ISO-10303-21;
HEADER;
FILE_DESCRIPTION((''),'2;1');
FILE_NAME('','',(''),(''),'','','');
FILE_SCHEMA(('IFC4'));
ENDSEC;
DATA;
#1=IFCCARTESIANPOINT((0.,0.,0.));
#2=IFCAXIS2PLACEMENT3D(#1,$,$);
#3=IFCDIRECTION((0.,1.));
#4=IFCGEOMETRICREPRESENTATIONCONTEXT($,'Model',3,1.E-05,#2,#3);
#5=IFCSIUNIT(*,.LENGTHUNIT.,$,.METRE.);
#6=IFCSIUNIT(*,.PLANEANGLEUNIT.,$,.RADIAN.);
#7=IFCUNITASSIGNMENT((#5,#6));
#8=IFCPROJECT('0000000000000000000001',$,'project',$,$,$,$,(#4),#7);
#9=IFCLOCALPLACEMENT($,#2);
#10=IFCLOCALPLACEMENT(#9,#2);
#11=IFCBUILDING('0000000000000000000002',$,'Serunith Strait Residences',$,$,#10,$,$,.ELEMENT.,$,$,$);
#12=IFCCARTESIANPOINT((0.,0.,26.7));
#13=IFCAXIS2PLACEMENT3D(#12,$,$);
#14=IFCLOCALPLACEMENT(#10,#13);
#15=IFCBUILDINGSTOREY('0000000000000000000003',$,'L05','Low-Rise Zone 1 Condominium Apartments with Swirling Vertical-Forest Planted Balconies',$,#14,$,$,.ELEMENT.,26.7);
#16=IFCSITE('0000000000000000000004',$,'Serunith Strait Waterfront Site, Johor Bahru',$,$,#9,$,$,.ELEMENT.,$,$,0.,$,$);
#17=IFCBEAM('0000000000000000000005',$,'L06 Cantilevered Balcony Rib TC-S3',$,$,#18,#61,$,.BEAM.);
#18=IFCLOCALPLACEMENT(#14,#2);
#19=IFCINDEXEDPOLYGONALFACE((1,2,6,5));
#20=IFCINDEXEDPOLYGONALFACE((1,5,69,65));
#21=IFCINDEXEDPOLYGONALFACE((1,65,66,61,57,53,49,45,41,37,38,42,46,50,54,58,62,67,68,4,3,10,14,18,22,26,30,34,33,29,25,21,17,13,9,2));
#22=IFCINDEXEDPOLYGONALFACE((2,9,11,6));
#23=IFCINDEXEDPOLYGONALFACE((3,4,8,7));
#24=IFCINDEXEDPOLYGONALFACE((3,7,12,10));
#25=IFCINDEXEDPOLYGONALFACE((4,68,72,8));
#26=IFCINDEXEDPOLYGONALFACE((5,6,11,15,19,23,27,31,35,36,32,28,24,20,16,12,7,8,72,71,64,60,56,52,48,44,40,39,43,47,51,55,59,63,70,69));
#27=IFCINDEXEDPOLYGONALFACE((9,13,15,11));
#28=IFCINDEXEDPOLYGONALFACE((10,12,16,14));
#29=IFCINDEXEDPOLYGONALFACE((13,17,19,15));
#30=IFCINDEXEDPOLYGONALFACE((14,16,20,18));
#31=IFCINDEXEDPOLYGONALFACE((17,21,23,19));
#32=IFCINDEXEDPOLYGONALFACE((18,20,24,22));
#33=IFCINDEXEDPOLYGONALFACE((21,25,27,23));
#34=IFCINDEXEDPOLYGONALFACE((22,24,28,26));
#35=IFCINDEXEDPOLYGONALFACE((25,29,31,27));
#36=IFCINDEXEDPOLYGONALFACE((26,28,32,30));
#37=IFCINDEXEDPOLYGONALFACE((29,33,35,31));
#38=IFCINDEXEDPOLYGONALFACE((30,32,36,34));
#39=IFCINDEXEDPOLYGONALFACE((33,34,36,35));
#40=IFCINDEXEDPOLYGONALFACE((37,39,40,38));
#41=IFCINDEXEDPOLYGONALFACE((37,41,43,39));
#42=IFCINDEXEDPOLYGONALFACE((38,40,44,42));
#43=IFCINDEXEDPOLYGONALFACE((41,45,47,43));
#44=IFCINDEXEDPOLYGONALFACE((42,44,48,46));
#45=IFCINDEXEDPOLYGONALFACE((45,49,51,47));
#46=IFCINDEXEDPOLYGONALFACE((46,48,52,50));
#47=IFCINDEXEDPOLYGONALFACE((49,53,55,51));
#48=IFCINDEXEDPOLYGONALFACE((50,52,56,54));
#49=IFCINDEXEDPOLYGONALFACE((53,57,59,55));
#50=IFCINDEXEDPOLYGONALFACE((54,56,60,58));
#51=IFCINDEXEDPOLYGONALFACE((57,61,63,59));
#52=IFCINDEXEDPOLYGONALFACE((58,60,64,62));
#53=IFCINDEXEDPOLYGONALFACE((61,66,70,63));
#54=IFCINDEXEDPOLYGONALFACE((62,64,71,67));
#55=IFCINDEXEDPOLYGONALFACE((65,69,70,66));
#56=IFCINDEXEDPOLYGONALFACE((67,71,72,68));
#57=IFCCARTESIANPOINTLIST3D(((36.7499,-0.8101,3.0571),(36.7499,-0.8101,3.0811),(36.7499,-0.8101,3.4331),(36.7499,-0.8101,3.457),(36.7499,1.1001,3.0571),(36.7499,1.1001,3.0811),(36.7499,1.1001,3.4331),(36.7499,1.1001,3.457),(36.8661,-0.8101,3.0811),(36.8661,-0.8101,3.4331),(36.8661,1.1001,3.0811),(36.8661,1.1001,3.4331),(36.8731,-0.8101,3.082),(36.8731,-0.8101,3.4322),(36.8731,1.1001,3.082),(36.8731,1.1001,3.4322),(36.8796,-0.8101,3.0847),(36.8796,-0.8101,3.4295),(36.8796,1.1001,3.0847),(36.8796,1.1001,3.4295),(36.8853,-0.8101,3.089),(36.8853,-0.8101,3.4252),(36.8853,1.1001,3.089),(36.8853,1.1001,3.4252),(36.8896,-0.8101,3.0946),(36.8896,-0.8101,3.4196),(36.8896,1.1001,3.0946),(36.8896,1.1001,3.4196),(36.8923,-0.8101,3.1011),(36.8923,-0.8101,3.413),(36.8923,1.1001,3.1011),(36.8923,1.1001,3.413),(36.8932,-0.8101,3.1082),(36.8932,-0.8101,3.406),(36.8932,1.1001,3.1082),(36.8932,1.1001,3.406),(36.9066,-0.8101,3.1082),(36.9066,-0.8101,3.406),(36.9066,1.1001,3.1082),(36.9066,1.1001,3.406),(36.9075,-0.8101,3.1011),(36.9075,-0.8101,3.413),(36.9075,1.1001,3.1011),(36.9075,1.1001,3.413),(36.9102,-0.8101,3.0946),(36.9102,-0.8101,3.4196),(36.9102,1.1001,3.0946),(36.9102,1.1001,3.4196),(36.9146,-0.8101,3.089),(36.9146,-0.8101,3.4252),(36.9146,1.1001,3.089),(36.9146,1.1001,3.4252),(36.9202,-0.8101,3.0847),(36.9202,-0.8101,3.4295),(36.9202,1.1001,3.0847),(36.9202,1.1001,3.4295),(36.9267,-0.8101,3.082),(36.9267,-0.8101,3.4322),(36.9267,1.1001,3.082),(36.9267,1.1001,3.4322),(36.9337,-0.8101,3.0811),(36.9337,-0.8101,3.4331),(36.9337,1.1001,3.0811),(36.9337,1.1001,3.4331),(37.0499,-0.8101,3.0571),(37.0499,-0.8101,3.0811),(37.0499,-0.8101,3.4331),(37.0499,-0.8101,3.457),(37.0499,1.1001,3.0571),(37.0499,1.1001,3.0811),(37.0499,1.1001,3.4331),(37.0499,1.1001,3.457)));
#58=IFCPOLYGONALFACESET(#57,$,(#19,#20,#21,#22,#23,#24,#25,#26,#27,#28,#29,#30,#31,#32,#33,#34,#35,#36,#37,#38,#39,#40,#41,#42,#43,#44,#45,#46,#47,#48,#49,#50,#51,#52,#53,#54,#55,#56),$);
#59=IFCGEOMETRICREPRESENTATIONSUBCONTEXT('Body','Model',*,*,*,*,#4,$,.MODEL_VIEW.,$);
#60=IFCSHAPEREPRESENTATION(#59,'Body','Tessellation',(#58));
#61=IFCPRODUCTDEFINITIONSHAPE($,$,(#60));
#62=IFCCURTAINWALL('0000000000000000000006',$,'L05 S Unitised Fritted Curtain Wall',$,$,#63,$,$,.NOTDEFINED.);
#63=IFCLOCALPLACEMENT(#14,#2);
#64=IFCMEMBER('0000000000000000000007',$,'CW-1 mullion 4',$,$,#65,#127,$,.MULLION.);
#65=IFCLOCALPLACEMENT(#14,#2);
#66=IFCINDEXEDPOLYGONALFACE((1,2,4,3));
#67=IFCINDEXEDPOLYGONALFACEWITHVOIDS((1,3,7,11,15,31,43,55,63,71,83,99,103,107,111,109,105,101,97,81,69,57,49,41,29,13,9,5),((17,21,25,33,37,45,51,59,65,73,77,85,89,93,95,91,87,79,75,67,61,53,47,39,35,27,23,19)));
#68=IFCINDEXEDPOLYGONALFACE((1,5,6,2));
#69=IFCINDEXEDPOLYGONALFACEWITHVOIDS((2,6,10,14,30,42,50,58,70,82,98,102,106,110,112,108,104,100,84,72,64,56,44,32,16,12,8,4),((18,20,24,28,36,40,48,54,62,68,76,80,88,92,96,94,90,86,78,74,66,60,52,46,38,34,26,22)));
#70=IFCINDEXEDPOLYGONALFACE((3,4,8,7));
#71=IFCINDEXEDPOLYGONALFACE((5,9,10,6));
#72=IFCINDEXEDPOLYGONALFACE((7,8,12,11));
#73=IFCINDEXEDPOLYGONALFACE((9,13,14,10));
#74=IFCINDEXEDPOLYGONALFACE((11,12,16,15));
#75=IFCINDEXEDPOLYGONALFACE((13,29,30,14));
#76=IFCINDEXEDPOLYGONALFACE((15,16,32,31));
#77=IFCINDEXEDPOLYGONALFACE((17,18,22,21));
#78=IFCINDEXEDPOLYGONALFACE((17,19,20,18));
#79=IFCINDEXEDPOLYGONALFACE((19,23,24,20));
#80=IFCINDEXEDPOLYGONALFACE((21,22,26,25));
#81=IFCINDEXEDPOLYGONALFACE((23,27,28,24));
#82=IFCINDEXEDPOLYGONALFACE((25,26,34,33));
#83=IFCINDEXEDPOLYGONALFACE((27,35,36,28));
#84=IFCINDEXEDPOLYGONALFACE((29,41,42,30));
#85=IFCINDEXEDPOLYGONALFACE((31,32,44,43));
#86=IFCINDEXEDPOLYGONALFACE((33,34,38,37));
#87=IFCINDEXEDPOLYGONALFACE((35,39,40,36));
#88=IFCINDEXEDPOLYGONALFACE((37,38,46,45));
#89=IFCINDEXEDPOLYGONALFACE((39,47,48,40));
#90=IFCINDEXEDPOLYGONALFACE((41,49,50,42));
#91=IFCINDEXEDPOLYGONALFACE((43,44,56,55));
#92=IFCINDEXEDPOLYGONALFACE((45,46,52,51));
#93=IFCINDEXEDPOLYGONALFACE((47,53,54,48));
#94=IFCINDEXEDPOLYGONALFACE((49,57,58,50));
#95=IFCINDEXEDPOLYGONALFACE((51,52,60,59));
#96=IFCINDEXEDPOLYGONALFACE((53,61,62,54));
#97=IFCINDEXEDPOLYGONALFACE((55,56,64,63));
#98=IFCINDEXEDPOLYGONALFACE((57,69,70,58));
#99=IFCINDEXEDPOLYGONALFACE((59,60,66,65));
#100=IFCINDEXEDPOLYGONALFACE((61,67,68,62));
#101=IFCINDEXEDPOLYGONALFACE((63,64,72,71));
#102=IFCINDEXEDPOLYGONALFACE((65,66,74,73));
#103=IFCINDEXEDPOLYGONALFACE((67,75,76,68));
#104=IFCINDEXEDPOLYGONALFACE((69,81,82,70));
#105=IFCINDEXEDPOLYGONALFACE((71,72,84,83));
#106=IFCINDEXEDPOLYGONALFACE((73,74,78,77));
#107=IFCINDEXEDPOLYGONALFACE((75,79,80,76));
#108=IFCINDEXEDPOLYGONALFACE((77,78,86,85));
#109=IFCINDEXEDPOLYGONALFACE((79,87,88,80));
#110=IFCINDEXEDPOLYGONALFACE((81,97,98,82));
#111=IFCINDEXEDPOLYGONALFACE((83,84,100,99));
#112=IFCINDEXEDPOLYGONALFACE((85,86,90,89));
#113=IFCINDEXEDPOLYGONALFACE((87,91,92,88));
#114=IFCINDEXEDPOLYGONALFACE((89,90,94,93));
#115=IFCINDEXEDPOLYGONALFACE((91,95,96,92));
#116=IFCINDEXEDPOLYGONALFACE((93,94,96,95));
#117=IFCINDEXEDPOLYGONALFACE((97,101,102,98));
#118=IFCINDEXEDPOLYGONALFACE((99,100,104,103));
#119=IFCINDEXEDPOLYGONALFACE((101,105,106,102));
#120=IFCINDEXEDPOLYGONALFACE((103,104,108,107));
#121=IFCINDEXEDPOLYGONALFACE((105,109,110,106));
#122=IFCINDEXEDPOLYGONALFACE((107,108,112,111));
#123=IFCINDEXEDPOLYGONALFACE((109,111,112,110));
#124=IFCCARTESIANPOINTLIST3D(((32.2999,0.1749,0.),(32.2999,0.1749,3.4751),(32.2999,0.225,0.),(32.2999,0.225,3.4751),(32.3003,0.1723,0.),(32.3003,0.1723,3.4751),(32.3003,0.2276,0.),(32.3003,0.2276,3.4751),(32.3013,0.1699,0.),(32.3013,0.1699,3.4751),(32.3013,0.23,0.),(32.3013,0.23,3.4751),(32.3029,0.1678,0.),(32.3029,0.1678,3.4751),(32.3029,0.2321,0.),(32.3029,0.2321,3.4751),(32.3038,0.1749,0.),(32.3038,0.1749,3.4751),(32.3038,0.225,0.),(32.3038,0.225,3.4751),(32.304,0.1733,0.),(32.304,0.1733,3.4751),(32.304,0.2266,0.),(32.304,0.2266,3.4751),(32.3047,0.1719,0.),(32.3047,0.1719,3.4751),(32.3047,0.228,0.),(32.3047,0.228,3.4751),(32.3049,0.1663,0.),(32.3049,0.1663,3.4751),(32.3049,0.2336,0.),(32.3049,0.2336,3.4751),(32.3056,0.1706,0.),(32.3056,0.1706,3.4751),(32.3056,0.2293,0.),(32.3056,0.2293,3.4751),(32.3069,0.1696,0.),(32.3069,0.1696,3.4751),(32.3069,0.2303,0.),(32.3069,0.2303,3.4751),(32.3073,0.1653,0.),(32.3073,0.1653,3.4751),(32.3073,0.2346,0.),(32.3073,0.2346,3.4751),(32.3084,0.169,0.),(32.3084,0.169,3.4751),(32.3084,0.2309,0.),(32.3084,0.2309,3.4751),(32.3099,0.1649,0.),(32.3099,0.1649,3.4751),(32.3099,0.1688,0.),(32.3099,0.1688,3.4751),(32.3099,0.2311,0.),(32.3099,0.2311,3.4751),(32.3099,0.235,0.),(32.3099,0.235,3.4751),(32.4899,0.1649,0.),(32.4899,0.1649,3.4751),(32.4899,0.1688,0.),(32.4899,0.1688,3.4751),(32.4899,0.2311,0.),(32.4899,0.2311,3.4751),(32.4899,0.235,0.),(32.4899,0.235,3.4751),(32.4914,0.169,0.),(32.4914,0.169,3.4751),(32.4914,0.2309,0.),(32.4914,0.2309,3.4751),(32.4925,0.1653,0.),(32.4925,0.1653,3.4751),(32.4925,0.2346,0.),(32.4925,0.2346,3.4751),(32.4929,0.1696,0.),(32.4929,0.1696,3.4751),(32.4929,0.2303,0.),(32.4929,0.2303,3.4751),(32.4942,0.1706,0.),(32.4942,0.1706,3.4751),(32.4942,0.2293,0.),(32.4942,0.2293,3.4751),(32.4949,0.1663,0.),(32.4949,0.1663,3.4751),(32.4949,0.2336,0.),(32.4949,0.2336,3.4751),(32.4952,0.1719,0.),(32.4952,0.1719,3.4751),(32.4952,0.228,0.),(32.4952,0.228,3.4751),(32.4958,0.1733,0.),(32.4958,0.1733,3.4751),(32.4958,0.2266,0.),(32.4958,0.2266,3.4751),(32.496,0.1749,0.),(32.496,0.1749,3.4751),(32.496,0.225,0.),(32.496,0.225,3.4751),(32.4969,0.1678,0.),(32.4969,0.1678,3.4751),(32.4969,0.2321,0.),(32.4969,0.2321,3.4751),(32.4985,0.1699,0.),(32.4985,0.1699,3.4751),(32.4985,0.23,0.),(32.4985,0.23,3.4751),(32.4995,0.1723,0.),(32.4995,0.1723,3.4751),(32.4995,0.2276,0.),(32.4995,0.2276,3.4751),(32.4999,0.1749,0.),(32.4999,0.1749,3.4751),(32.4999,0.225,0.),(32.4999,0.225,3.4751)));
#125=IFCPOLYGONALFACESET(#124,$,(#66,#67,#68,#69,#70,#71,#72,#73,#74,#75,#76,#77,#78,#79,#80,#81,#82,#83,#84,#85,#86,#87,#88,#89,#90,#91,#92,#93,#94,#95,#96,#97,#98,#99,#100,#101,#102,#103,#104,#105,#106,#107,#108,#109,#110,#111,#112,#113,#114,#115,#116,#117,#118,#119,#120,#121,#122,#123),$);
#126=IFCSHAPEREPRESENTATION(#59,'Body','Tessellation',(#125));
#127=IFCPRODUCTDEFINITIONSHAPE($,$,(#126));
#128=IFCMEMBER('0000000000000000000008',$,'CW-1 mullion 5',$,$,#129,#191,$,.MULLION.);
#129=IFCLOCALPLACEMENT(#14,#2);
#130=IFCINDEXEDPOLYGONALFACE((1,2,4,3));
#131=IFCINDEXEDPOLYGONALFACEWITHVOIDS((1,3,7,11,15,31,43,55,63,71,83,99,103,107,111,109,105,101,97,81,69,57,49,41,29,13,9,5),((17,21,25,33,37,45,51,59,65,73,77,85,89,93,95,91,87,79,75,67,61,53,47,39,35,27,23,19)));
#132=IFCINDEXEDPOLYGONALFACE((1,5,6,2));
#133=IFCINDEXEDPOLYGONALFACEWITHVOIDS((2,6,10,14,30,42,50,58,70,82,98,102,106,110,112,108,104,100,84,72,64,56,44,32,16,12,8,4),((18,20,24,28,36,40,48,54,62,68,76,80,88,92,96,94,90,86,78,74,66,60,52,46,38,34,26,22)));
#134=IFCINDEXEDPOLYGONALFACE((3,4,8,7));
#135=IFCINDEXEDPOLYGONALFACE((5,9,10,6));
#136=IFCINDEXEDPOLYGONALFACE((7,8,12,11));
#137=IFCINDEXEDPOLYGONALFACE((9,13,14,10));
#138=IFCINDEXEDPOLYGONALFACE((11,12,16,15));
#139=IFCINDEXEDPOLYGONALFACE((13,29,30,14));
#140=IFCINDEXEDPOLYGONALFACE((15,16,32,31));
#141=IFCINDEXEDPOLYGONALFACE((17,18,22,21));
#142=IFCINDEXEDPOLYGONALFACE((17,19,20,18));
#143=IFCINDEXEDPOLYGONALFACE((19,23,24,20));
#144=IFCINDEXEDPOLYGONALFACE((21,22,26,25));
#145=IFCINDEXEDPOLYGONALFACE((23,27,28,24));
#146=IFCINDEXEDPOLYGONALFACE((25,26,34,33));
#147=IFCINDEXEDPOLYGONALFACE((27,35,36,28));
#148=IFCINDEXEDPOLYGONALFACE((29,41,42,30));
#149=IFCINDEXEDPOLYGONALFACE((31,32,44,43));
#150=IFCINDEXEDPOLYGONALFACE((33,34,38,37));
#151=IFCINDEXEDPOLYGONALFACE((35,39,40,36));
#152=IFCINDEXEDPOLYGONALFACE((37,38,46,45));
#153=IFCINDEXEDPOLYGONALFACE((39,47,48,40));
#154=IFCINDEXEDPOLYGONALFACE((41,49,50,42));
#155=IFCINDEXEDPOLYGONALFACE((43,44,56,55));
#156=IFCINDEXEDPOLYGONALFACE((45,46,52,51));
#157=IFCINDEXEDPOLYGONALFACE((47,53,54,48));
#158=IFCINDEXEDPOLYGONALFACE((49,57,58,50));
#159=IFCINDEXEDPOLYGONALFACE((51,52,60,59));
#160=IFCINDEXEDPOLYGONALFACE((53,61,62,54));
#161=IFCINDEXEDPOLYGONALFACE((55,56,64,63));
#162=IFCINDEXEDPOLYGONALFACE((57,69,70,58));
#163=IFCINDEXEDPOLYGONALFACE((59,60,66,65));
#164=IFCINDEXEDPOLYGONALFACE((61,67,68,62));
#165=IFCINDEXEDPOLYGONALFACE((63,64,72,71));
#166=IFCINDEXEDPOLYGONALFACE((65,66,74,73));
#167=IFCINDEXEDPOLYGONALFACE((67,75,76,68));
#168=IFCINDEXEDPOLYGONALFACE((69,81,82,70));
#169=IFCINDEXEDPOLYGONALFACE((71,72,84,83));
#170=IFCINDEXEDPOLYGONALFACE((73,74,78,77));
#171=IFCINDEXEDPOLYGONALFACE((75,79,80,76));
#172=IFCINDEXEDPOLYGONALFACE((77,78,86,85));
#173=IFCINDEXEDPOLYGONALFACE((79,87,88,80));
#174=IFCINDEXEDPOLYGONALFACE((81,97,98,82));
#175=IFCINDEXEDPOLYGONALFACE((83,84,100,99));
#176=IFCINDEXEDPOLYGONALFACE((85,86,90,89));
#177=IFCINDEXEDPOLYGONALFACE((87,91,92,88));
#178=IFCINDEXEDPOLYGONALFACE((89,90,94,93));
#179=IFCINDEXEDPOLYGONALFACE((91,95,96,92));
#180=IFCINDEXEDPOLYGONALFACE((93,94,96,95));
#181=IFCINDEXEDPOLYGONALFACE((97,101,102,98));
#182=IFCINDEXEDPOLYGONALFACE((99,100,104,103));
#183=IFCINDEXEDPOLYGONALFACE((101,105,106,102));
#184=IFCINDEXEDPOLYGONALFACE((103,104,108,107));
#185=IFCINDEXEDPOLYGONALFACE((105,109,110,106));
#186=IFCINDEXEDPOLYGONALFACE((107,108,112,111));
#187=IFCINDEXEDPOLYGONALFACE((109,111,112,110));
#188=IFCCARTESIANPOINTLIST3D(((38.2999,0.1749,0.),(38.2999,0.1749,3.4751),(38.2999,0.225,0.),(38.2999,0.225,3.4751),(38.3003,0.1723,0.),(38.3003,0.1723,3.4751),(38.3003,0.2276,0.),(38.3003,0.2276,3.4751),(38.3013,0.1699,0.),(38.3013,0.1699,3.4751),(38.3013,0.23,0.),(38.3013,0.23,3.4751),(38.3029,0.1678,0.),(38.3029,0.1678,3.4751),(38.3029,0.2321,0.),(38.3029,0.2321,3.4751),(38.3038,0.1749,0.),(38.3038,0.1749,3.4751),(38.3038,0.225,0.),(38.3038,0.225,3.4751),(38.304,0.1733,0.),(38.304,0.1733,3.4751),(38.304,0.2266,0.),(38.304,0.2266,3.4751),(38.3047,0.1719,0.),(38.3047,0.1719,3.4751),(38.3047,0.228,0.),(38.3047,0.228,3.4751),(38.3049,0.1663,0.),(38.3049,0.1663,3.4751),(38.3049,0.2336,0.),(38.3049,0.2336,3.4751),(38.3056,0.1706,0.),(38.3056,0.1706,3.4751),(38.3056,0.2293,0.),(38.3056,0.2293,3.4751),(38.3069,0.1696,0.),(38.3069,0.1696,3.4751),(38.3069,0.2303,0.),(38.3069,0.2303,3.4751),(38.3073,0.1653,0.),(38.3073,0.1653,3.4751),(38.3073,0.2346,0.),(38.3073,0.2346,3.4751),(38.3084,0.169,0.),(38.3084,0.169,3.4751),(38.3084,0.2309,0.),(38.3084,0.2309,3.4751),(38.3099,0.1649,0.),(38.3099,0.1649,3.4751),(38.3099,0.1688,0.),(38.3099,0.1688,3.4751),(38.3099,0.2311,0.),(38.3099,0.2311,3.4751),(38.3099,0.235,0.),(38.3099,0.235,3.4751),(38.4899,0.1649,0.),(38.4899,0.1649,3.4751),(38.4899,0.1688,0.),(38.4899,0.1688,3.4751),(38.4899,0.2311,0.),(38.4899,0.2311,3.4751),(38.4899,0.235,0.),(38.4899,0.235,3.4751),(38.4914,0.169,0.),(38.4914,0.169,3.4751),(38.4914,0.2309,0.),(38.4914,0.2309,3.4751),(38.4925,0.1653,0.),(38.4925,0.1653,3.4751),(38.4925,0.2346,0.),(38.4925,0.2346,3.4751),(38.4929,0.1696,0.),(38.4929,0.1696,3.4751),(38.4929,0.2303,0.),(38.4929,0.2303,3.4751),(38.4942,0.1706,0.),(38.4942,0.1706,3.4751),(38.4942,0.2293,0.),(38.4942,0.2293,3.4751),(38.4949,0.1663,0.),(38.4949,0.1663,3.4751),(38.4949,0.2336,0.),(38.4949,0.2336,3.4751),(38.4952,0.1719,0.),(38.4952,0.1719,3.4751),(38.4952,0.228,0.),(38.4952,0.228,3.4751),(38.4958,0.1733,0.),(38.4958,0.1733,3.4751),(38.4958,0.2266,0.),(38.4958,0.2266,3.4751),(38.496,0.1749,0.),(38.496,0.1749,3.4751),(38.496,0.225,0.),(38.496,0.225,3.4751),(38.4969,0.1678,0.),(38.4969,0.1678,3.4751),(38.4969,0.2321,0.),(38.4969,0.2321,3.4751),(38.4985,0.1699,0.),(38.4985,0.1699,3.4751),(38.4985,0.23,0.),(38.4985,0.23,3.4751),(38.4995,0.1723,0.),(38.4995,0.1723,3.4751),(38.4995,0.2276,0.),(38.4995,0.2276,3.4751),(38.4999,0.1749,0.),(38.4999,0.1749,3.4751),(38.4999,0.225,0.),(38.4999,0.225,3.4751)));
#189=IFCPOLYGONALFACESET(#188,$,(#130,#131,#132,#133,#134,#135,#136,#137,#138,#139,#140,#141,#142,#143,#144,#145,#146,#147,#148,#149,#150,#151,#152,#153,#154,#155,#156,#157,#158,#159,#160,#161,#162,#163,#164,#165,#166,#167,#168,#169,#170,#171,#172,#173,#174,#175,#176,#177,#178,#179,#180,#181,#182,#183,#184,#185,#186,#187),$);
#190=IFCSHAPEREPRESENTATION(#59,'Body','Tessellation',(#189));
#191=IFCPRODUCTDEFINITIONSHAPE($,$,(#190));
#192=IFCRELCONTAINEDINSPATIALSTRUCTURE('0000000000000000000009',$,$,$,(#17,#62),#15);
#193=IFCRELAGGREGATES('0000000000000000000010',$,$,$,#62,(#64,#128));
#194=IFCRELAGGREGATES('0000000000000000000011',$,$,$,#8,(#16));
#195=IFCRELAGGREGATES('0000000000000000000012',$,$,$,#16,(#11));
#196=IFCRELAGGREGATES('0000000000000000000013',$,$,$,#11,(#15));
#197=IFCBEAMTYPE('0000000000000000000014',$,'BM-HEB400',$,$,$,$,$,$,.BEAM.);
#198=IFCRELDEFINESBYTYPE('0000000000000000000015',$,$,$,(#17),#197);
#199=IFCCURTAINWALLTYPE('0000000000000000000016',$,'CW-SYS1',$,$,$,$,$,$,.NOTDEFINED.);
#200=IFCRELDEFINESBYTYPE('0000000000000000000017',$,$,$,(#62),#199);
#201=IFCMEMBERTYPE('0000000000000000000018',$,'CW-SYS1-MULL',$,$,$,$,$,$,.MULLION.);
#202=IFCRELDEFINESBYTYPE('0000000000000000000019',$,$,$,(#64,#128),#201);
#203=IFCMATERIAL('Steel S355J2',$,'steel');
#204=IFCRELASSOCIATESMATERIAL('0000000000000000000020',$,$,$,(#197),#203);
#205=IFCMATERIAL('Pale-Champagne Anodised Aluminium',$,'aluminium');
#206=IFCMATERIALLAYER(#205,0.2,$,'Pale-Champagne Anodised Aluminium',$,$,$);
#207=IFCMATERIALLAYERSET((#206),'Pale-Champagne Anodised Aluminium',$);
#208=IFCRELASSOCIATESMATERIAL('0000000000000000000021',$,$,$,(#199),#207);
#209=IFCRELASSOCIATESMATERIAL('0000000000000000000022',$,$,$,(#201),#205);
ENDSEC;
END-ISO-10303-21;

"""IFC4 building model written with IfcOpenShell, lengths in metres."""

from ifc_helpers import new_model, si_unit, direction, frame, origin, origin_2d, place, context, subcontext, project, spatial, hollow_rectangle, i_section, extrude, source, transform, mapped, material, layer, layer_set, material_profile, profile_set, type_object, element, aggregate, save


model = new_model("IFC4")

# Units and contexts
model_context = context("Model", 3, precision=1e-05, world=origin(), true_north=direction((0.0, 1.0)))
body_context = subcontext(model_context, "Body", "Model", "MODEL_VIEW")
ifc_project = project(units=[si_unit("LENGTHUNIT", "METRE"), si_unit("PLANEANGLEUNIT", "RADIAN")], contexts=[model_context])

# Site, building, storey
site_placement = place(None, origin())
site = spatial("IfcSite", under=ifc_project, at=site_placement, Name="Serunith Strait Waterfront Site, Johor Bahru", CompositionType="ELEMENT", RefElevation=0.0)
building_placement = place(site_placement, origin())
building = spatial("IfcBuilding", under=site, at=building_placement, Name="Serunith Strait Residences", CompositionType="ELEMENT")
storey_placement = place(building_placement, frame((0.0, 0.0, 26.7)))
storey = spatial("IfcBuildingStorey", under=building, at=storey_placement, Name="L05", Description="Low-Rise Zone 1 Condominium Apartments with Swirling Vertical-Forest Planted Balconies", CompositionType="ELEMENT", Elevation=26.7)

# Beam
ifc_material_1 = material(Name="Steel S355J2", Category="steel")
ifc_material_profile_1 = material_profile(ifc_material_1, i_section(OverallWidth=0.3, OverallDepth=0.3999, WebThickness=0.0134, FlangeThickness=0.0239, FilletRadius=0.0271, at=origin_2d()), Name="HEB 400")
ifc_profile_set_1 = profile_set([ifc_material_profile_1], Name="Steel S355J2")
beam_type_1 = type_object("IfcBeamType", Name="BM-HEB400", PredefinedType="BEAM", material=ifc_profile_set_1)
shared_shape_1 = source(origin(), body_context, "Body", "SweptSolid", [
    extrude(i_section(OverallWidth=0.3, OverallDepth=0.3999, WebThickness=0.0134, FlangeThickness=0.0239, FilletRadius=0.0271, at=origin_2d()), origin(), (0.0, 0.0, 1.0), 1.9102),
])
beam_1_placement = place(storey_placement, frame((36.8999, 1.1001, 3.2571), z_axis=(0.0, -1.0, 0.0), x_axis=(1.0, 0.0, 0.0)))
element("IfcBeam", 1, at=beam_1_placement, inside=storey, type_object=beam_type_1, Name="L06 Cantilevered Balcony Rib TC-S3", PredefinedType="BEAM", context=body_context, shape_type="MappedRepresentation", body=[
    mapped(shared_shape_1, transform((0.0, 0.0, 0.0), scale=1.0)),
])

# Curtain wall, members
ifc_material_2 = material(Name="Pale-Champagne Anodised Aluminium", Category="aluminium")
ifc_layer_1 = layer(ifc_material_2, 0.2, Name="Pale-Champagne Anodised Aluminium")
ifc_layer_set_1 = layer_set([ifc_layer_1], Name="Pale-Champagne Anodised Aluminium")
curtain_wall_type = type_object("IfcCurtainWallType", Name="CW-SYS1", PredefinedType="NOTDEFINED", material=ifc_layer_set_1)
curtain_wall_placement = place(storey_placement, origin())
curtain_wall = element("IfcCurtainWall", 2, at=curtain_wall_placement, inside=storey, type_object=curtain_wall_type, Name="L05 S Unitised Fritted Curtain Wall", PredefinedType="NOTDEFINED")
ifc_material_profile_2 = material_profile(ifc_material_2, hollow_rectangle(XDim=0.0701, YDim=0.2, WallThickness=0.0039, InnerFilletRadius=0.0061, OuterFilletRadius=0.01, at=origin_2d()), Name="ALU 200x70x4")
ifc_profile_set_2 = profile_set([ifc_material_profile_2], Name="Pale-Champagne Anodised Aluminium")
member_type_1 = type_object("IfcMemberType", Name="CW-SYS1-MULL", PredefinedType="MULLION", material=ifc_profile_set_2)
shared_shape_2 = source(origin(), body_context, "Body", "SweptSolid", [
    extrude(hollow_rectangle(XDim=0.0701, YDim=0.2, WallThickness=0.0039, InnerFilletRadius=0.0061, OuterFilletRadius=0.01, at=origin_2d()), origin(), (0.0, 0.0, 1.0), 3.4751),
])
member_1_placement = place(storey_placement, frame((32.3999, 0.2, 0.0), z_axis=(0.0, 0.0, 1.0), x_axis=(0.0, 1.0, 0.0)))
member_1 = element("IfcMember", 3, at=member_1_placement, type_object=member_type_1, Name="CW-1 mullion 4", PredefinedType="MULLION", context=body_context, shape_type="MappedRepresentation", body=[
    mapped(shared_shape_2, transform((0.0, 0.0, 0.0), scale=1.0)),
])
member_2_placement = place(storey_placement, frame((38.3999, 0.2, 0.0), z_axis=(0.0, 0.0, 1.0), x_axis=(0.0, 1.0, 0.0)))
member_2 = element("IfcMember", 4, at=member_2_placement, type_object=member_type_1, Name="CW-1 mullion 5", PredefinedType="MULLION", context=body_context, shape_type="MappedRepresentation", body=[
    mapped(shared_shape_2, transform((0.0, 0.0, 0.0), scale=1.0)),
])
aggregate(curtain_wall, [member_1, member_2])

save(model, "model.ifc")
